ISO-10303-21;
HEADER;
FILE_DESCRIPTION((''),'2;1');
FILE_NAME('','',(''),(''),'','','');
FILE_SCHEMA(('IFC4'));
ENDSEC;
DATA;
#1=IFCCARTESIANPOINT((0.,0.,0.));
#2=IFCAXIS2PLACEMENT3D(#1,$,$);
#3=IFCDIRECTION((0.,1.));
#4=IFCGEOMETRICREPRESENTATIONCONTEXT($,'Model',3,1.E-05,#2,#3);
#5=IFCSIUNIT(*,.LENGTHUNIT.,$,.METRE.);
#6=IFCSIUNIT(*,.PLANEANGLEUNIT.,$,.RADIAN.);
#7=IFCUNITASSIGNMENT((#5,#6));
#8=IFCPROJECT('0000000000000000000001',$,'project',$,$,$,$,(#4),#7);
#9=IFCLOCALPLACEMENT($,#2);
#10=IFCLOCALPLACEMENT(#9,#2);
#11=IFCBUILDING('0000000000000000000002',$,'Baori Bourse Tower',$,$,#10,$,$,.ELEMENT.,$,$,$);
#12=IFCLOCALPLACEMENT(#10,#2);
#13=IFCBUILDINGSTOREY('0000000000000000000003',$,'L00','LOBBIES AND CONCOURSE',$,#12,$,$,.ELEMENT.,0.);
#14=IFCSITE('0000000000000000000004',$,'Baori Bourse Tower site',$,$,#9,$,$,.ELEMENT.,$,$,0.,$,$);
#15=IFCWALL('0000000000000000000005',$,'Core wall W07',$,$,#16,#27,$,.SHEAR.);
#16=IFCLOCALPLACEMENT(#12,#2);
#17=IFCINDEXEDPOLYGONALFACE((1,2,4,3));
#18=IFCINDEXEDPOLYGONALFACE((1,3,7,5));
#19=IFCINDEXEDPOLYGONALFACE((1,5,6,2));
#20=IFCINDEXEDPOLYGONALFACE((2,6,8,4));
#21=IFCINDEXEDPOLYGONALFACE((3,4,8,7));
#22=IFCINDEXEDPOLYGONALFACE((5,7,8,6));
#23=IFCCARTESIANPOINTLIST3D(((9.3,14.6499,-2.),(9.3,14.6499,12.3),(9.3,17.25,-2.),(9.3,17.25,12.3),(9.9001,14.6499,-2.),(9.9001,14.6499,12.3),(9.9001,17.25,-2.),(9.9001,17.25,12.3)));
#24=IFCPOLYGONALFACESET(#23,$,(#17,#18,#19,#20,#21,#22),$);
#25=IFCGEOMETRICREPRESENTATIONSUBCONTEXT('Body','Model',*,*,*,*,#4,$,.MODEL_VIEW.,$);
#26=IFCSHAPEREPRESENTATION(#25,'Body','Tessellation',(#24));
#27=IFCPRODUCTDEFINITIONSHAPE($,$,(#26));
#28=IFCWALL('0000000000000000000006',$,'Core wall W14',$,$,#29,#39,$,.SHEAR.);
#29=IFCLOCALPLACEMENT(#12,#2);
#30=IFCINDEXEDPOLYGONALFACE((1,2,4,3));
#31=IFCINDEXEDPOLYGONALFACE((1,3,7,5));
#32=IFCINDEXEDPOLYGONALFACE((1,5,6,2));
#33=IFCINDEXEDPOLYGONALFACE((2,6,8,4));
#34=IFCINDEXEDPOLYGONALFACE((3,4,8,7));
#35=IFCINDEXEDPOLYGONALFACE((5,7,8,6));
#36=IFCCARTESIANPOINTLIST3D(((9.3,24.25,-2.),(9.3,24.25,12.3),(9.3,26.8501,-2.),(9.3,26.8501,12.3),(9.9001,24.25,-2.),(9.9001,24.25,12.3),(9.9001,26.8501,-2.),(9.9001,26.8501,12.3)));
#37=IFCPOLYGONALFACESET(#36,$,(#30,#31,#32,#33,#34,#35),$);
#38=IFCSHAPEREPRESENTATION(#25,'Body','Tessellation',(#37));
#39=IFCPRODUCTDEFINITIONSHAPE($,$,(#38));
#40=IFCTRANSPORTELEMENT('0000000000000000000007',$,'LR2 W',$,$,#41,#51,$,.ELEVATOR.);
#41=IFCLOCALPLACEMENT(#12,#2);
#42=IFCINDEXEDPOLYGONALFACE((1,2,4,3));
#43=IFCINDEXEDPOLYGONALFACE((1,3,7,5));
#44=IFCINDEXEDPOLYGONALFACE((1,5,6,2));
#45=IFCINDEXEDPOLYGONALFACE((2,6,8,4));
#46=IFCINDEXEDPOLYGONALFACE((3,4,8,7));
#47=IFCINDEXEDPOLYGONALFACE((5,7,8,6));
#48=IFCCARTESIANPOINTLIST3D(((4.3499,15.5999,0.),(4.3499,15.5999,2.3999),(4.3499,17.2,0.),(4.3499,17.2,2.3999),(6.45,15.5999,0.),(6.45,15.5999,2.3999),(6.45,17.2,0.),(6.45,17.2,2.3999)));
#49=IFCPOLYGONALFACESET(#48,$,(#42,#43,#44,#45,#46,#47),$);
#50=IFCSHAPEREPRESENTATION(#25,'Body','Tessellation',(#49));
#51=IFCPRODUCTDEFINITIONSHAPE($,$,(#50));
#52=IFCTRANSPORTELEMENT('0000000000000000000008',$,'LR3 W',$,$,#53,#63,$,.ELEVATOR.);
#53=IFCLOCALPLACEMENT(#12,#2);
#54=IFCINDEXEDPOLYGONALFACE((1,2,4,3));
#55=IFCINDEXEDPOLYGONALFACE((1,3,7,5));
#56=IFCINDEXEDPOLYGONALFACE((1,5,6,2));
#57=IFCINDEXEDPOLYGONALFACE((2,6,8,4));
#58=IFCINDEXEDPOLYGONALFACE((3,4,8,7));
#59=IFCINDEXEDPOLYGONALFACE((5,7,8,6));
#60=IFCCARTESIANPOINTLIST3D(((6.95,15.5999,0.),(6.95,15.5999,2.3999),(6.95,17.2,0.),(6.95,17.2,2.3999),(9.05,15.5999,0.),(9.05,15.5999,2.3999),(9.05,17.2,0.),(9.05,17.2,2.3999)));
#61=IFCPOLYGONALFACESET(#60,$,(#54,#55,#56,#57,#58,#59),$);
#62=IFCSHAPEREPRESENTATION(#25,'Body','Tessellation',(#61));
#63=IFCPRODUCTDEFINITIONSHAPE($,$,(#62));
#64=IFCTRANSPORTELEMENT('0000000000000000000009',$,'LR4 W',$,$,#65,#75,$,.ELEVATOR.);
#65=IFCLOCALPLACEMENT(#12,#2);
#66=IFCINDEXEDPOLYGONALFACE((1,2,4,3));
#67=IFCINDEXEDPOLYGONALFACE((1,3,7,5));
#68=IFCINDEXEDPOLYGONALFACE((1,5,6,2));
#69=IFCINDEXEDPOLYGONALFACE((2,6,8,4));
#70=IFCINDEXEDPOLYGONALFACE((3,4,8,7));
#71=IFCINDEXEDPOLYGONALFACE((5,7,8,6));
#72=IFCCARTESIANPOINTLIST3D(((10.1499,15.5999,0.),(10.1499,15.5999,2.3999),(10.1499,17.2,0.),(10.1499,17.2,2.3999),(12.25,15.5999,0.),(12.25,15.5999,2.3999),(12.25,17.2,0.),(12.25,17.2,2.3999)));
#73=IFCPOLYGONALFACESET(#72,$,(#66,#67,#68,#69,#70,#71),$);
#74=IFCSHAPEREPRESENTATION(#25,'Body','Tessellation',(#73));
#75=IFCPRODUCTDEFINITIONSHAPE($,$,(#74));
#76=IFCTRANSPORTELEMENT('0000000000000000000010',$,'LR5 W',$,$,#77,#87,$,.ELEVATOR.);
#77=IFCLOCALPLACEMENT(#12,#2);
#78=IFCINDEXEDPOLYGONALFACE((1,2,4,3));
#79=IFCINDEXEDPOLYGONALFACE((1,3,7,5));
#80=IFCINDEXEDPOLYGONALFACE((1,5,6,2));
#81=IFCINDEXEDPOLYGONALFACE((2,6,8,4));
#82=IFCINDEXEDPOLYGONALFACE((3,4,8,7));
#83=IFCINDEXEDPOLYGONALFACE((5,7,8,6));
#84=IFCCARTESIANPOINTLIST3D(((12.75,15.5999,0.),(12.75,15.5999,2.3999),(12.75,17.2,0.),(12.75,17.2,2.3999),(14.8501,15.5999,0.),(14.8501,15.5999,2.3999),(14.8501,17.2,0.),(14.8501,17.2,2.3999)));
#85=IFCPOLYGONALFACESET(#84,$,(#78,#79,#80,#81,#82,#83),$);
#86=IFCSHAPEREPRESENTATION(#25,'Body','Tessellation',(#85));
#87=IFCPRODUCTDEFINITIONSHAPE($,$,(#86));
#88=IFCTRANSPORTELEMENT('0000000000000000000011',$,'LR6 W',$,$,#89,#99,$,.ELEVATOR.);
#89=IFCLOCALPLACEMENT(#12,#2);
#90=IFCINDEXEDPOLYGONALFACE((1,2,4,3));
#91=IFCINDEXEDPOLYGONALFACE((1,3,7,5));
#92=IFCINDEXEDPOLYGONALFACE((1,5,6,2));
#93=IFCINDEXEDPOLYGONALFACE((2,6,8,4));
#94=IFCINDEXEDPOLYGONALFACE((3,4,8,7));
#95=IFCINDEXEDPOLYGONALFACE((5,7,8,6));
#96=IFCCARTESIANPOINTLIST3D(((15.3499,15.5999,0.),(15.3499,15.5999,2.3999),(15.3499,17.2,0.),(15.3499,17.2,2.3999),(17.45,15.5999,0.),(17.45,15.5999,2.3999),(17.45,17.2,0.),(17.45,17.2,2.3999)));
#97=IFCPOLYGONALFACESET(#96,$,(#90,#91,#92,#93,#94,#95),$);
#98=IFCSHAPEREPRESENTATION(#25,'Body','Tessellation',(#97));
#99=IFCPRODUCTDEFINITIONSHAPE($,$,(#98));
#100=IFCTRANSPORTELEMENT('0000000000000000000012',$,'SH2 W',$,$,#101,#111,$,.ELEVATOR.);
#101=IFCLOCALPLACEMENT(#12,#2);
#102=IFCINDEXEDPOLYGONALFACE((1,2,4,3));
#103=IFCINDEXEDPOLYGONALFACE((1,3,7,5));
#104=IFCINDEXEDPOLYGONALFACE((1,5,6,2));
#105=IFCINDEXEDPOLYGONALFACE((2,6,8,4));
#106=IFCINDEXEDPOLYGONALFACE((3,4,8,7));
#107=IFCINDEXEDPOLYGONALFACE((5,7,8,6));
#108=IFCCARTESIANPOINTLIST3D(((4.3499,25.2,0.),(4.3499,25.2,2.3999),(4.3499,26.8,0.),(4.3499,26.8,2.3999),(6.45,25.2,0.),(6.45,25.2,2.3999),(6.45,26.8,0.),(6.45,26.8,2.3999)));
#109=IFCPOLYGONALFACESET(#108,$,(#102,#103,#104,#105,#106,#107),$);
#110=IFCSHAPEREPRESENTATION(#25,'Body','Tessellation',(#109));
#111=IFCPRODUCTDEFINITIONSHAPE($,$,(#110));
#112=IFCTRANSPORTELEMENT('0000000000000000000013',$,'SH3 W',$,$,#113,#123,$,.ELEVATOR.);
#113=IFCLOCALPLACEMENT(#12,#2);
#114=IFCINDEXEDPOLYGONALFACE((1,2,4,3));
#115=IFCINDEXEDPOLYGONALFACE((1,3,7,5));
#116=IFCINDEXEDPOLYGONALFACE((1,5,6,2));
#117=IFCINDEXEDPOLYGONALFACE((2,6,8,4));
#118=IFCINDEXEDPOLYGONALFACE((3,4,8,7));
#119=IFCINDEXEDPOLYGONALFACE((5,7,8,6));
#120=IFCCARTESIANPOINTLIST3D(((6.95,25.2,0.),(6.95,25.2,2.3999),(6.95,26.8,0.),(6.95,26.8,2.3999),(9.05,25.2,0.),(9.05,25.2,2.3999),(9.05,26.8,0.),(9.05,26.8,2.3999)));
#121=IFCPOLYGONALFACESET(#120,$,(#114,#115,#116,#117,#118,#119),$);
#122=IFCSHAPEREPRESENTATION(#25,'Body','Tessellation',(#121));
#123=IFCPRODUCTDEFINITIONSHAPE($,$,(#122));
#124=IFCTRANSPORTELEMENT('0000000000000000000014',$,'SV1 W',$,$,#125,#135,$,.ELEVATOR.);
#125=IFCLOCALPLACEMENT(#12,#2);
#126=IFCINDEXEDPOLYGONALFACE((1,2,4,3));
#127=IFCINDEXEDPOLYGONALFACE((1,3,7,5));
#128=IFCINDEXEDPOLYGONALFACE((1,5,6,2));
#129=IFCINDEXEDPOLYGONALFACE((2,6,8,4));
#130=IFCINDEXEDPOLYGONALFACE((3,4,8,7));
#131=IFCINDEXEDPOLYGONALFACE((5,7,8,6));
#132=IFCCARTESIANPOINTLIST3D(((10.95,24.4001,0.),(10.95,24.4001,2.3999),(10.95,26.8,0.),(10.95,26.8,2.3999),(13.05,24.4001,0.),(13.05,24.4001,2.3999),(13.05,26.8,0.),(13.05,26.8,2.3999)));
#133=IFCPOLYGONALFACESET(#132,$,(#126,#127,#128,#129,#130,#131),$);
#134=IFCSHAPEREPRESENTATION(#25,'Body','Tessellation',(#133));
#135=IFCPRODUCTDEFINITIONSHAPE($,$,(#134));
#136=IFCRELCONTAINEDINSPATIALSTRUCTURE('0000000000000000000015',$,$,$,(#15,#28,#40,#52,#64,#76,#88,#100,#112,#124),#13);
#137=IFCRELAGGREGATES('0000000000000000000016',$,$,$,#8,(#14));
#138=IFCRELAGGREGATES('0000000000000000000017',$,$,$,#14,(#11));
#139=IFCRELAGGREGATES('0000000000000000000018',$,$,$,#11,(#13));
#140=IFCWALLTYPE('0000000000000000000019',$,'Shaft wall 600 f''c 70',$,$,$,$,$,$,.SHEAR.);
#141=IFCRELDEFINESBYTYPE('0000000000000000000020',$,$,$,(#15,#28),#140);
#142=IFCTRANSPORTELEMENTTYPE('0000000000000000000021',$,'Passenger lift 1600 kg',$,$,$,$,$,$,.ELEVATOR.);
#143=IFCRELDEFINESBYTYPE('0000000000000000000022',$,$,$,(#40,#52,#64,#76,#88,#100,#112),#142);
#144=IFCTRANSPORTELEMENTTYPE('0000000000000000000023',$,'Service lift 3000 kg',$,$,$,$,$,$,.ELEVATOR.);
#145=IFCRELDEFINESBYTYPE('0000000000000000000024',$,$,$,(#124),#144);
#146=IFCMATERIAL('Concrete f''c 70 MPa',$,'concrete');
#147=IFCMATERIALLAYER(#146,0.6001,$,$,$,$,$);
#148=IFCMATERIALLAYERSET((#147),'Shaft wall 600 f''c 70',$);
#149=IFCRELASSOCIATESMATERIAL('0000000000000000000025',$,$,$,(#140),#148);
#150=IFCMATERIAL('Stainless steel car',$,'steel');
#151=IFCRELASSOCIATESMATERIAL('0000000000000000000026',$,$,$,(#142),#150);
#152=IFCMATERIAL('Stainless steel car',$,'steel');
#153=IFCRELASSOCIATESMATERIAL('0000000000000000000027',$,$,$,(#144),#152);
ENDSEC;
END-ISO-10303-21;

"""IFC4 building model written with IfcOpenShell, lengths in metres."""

from ifc_helpers import new_model, si_unit, direction, frame, frame_2d, origin, origin_2d, place, context, subcontext, project, spatial, rectangle, extrude, material, layer, layer_set, type_object, element, save


model = new_model("IFC4")

# Units and contexts
model_context = context("Model", 3, precision=1e-05, world=origin(), true_north=direction((0.0, 1.0)))
body_context = subcontext(model_context, "Body", "Model", "MODEL_VIEW")
ifc_project = project(units=[si_unit("LENGTHUNIT", "METRE"), si_unit("PLANEANGLEUNIT", "RADIAN")], contexts=[model_context])

# Site, building, storey
site_placement = place(None, origin())
site = spatial("IfcSite", under=ifc_project, at=site_placement, Name="Baori Bourse Tower site", CompositionType="ELEMENT", RefElevation=0.0)
building_placement = place(site_placement, origin())
building = spatial("IfcBuilding", under=site, at=building_placement, Name="Baori Bourse Tower", CompositionType="ELEMENT")
storey_placement = place(building_placement, origin())
storey = spatial("IfcBuildingStorey", under=building, at=storey_placement, Name="L00", Description="LOBBIES AND CONCOURSE", CompositionType="ELEMENT", Elevation=0.0)

# Walls
ifc_material_1 = material(Name="Concrete f'c 70 MPa", Category="concrete")
ifc_layer_1 = layer(ifc_material_1, 0.6001)
ifc_layer_set_1 = layer_set([ifc_layer_1], Name="Shaft wall 600 f'c 70")
wall_type_1 = type_object("IfcWallType", Name="Shaft wall 600 f'c 70", PredefinedType="SHEAR", material=ifc_layer_set_1)
for number, where, z_axis, x_axis, name in (
    (1, (9.6001, 14.6499, -2.0), (0.0, 0.0, 1.0), (0.0, 1.0, 0.0), "Core wall W07"),
    (2, (9.6001, 24.25, -2.0), (0.0, 0.0, 1.0), (0.0, 1.0, 0.0), "Core wall W14"),
):
    element("IfcWall", number, at=place(storey_placement, frame(where, z_axis=z_axis, x_axis=x_axis)), inside=storey, type_object=wall_type_1, Name=name, PredefinedType="SHEAR", context=body_context, shape_type="SweptSolid", body=[
        extrude(rectangle(XDim=2.6001, YDim=0.6001, at=frame_2d((1.3, 0.0))), origin(), (0.0, 0.0, 1.0), 14.3),
    ])

# Transport elements
ifc_material_2 = material(Name="Stainless steel car", Category="steel")
transport_element_type_1 = type_object("IfcTransportElementType", Name="Passenger lift 1600 kg", PredefinedType="ELEVATOR", material=ifc_material_2)
for number, where, z_axis, x_axis, name in (
    (3, (5.3999, 16.3999, 0.0), (0.0, 0.0, 1.0), (1.0, 0.0, 0.0), "LR2 W"),
    (4, (8.0, 16.3999, 0.0), (0.0, 0.0, 1.0), (1.0, 0.0, 0.0), "LR3 W"),
    (5, (11.2, 16.3999, 0.0), (0.0, 0.0, 1.0), (1.0, 0.0, 0.0), "LR4 W"),
    (6, (13.8, 16.3999, 0.0), (0.0, 0.0, 1.0), (1.0, 0.0, 0.0), "LR5 W"),
    (7, (16.3999, 16.3999, 0.0), (0.0, 0.0, 1.0), (1.0, 0.0, 0.0), "LR6 W"),
    (8, (5.3999, 26.0, 0.0), (0.0, 0.0, 1.0), (1.0, 0.0, 0.0), "SH2 W"),
    (9, (8.0, 26.0, 0.0), (0.0, 0.0, 1.0), (1.0, 0.0, 0.0), "SH3 W"),
):
    element("IfcTransportElement", number, at=place(storey_placement, frame(where, z_axis=z_axis, x_axis=x_axis)), inside=storey, type_object=transport_element_type_1, Name=name, PredefinedType="ELEVATOR", context=body_context, shape_type="SweptSolid", body=[
        extrude(rectangle(XDim=2.1001, YDim=1.6001, at=origin_2d()), origin(), (0.0, 0.0, 1.0), 2.3999),
    ])
ifc_material_3 = material(Name="Stainless steel car", Category="steel")
transport_element_type_2 = type_object("IfcTransportElementType", Name="Service lift 3000 kg", PredefinedType="ELEVATOR", material=ifc_material_3)
transport_element_placement = place(storey_placement, frame((12.0, 25.6001, 0.0), z_axis=(0.0, 0.0, 1.0), x_axis=(1.0, 0.0, 0.0)))
element("IfcTransportElement", 10, at=transport_element_placement, inside=storey, type_object=transport_element_type_2, Name="SV1 W", PredefinedType="ELEVATOR", context=body_context, shape_type="SweptSolid", body=[
    extrude(rectangle(XDim=2.1001, YDim=2.3999, at=origin_2d()), origin(), (0.0, 0.0, 1.0), 2.3999),
])

save(model, "model.ifc")
